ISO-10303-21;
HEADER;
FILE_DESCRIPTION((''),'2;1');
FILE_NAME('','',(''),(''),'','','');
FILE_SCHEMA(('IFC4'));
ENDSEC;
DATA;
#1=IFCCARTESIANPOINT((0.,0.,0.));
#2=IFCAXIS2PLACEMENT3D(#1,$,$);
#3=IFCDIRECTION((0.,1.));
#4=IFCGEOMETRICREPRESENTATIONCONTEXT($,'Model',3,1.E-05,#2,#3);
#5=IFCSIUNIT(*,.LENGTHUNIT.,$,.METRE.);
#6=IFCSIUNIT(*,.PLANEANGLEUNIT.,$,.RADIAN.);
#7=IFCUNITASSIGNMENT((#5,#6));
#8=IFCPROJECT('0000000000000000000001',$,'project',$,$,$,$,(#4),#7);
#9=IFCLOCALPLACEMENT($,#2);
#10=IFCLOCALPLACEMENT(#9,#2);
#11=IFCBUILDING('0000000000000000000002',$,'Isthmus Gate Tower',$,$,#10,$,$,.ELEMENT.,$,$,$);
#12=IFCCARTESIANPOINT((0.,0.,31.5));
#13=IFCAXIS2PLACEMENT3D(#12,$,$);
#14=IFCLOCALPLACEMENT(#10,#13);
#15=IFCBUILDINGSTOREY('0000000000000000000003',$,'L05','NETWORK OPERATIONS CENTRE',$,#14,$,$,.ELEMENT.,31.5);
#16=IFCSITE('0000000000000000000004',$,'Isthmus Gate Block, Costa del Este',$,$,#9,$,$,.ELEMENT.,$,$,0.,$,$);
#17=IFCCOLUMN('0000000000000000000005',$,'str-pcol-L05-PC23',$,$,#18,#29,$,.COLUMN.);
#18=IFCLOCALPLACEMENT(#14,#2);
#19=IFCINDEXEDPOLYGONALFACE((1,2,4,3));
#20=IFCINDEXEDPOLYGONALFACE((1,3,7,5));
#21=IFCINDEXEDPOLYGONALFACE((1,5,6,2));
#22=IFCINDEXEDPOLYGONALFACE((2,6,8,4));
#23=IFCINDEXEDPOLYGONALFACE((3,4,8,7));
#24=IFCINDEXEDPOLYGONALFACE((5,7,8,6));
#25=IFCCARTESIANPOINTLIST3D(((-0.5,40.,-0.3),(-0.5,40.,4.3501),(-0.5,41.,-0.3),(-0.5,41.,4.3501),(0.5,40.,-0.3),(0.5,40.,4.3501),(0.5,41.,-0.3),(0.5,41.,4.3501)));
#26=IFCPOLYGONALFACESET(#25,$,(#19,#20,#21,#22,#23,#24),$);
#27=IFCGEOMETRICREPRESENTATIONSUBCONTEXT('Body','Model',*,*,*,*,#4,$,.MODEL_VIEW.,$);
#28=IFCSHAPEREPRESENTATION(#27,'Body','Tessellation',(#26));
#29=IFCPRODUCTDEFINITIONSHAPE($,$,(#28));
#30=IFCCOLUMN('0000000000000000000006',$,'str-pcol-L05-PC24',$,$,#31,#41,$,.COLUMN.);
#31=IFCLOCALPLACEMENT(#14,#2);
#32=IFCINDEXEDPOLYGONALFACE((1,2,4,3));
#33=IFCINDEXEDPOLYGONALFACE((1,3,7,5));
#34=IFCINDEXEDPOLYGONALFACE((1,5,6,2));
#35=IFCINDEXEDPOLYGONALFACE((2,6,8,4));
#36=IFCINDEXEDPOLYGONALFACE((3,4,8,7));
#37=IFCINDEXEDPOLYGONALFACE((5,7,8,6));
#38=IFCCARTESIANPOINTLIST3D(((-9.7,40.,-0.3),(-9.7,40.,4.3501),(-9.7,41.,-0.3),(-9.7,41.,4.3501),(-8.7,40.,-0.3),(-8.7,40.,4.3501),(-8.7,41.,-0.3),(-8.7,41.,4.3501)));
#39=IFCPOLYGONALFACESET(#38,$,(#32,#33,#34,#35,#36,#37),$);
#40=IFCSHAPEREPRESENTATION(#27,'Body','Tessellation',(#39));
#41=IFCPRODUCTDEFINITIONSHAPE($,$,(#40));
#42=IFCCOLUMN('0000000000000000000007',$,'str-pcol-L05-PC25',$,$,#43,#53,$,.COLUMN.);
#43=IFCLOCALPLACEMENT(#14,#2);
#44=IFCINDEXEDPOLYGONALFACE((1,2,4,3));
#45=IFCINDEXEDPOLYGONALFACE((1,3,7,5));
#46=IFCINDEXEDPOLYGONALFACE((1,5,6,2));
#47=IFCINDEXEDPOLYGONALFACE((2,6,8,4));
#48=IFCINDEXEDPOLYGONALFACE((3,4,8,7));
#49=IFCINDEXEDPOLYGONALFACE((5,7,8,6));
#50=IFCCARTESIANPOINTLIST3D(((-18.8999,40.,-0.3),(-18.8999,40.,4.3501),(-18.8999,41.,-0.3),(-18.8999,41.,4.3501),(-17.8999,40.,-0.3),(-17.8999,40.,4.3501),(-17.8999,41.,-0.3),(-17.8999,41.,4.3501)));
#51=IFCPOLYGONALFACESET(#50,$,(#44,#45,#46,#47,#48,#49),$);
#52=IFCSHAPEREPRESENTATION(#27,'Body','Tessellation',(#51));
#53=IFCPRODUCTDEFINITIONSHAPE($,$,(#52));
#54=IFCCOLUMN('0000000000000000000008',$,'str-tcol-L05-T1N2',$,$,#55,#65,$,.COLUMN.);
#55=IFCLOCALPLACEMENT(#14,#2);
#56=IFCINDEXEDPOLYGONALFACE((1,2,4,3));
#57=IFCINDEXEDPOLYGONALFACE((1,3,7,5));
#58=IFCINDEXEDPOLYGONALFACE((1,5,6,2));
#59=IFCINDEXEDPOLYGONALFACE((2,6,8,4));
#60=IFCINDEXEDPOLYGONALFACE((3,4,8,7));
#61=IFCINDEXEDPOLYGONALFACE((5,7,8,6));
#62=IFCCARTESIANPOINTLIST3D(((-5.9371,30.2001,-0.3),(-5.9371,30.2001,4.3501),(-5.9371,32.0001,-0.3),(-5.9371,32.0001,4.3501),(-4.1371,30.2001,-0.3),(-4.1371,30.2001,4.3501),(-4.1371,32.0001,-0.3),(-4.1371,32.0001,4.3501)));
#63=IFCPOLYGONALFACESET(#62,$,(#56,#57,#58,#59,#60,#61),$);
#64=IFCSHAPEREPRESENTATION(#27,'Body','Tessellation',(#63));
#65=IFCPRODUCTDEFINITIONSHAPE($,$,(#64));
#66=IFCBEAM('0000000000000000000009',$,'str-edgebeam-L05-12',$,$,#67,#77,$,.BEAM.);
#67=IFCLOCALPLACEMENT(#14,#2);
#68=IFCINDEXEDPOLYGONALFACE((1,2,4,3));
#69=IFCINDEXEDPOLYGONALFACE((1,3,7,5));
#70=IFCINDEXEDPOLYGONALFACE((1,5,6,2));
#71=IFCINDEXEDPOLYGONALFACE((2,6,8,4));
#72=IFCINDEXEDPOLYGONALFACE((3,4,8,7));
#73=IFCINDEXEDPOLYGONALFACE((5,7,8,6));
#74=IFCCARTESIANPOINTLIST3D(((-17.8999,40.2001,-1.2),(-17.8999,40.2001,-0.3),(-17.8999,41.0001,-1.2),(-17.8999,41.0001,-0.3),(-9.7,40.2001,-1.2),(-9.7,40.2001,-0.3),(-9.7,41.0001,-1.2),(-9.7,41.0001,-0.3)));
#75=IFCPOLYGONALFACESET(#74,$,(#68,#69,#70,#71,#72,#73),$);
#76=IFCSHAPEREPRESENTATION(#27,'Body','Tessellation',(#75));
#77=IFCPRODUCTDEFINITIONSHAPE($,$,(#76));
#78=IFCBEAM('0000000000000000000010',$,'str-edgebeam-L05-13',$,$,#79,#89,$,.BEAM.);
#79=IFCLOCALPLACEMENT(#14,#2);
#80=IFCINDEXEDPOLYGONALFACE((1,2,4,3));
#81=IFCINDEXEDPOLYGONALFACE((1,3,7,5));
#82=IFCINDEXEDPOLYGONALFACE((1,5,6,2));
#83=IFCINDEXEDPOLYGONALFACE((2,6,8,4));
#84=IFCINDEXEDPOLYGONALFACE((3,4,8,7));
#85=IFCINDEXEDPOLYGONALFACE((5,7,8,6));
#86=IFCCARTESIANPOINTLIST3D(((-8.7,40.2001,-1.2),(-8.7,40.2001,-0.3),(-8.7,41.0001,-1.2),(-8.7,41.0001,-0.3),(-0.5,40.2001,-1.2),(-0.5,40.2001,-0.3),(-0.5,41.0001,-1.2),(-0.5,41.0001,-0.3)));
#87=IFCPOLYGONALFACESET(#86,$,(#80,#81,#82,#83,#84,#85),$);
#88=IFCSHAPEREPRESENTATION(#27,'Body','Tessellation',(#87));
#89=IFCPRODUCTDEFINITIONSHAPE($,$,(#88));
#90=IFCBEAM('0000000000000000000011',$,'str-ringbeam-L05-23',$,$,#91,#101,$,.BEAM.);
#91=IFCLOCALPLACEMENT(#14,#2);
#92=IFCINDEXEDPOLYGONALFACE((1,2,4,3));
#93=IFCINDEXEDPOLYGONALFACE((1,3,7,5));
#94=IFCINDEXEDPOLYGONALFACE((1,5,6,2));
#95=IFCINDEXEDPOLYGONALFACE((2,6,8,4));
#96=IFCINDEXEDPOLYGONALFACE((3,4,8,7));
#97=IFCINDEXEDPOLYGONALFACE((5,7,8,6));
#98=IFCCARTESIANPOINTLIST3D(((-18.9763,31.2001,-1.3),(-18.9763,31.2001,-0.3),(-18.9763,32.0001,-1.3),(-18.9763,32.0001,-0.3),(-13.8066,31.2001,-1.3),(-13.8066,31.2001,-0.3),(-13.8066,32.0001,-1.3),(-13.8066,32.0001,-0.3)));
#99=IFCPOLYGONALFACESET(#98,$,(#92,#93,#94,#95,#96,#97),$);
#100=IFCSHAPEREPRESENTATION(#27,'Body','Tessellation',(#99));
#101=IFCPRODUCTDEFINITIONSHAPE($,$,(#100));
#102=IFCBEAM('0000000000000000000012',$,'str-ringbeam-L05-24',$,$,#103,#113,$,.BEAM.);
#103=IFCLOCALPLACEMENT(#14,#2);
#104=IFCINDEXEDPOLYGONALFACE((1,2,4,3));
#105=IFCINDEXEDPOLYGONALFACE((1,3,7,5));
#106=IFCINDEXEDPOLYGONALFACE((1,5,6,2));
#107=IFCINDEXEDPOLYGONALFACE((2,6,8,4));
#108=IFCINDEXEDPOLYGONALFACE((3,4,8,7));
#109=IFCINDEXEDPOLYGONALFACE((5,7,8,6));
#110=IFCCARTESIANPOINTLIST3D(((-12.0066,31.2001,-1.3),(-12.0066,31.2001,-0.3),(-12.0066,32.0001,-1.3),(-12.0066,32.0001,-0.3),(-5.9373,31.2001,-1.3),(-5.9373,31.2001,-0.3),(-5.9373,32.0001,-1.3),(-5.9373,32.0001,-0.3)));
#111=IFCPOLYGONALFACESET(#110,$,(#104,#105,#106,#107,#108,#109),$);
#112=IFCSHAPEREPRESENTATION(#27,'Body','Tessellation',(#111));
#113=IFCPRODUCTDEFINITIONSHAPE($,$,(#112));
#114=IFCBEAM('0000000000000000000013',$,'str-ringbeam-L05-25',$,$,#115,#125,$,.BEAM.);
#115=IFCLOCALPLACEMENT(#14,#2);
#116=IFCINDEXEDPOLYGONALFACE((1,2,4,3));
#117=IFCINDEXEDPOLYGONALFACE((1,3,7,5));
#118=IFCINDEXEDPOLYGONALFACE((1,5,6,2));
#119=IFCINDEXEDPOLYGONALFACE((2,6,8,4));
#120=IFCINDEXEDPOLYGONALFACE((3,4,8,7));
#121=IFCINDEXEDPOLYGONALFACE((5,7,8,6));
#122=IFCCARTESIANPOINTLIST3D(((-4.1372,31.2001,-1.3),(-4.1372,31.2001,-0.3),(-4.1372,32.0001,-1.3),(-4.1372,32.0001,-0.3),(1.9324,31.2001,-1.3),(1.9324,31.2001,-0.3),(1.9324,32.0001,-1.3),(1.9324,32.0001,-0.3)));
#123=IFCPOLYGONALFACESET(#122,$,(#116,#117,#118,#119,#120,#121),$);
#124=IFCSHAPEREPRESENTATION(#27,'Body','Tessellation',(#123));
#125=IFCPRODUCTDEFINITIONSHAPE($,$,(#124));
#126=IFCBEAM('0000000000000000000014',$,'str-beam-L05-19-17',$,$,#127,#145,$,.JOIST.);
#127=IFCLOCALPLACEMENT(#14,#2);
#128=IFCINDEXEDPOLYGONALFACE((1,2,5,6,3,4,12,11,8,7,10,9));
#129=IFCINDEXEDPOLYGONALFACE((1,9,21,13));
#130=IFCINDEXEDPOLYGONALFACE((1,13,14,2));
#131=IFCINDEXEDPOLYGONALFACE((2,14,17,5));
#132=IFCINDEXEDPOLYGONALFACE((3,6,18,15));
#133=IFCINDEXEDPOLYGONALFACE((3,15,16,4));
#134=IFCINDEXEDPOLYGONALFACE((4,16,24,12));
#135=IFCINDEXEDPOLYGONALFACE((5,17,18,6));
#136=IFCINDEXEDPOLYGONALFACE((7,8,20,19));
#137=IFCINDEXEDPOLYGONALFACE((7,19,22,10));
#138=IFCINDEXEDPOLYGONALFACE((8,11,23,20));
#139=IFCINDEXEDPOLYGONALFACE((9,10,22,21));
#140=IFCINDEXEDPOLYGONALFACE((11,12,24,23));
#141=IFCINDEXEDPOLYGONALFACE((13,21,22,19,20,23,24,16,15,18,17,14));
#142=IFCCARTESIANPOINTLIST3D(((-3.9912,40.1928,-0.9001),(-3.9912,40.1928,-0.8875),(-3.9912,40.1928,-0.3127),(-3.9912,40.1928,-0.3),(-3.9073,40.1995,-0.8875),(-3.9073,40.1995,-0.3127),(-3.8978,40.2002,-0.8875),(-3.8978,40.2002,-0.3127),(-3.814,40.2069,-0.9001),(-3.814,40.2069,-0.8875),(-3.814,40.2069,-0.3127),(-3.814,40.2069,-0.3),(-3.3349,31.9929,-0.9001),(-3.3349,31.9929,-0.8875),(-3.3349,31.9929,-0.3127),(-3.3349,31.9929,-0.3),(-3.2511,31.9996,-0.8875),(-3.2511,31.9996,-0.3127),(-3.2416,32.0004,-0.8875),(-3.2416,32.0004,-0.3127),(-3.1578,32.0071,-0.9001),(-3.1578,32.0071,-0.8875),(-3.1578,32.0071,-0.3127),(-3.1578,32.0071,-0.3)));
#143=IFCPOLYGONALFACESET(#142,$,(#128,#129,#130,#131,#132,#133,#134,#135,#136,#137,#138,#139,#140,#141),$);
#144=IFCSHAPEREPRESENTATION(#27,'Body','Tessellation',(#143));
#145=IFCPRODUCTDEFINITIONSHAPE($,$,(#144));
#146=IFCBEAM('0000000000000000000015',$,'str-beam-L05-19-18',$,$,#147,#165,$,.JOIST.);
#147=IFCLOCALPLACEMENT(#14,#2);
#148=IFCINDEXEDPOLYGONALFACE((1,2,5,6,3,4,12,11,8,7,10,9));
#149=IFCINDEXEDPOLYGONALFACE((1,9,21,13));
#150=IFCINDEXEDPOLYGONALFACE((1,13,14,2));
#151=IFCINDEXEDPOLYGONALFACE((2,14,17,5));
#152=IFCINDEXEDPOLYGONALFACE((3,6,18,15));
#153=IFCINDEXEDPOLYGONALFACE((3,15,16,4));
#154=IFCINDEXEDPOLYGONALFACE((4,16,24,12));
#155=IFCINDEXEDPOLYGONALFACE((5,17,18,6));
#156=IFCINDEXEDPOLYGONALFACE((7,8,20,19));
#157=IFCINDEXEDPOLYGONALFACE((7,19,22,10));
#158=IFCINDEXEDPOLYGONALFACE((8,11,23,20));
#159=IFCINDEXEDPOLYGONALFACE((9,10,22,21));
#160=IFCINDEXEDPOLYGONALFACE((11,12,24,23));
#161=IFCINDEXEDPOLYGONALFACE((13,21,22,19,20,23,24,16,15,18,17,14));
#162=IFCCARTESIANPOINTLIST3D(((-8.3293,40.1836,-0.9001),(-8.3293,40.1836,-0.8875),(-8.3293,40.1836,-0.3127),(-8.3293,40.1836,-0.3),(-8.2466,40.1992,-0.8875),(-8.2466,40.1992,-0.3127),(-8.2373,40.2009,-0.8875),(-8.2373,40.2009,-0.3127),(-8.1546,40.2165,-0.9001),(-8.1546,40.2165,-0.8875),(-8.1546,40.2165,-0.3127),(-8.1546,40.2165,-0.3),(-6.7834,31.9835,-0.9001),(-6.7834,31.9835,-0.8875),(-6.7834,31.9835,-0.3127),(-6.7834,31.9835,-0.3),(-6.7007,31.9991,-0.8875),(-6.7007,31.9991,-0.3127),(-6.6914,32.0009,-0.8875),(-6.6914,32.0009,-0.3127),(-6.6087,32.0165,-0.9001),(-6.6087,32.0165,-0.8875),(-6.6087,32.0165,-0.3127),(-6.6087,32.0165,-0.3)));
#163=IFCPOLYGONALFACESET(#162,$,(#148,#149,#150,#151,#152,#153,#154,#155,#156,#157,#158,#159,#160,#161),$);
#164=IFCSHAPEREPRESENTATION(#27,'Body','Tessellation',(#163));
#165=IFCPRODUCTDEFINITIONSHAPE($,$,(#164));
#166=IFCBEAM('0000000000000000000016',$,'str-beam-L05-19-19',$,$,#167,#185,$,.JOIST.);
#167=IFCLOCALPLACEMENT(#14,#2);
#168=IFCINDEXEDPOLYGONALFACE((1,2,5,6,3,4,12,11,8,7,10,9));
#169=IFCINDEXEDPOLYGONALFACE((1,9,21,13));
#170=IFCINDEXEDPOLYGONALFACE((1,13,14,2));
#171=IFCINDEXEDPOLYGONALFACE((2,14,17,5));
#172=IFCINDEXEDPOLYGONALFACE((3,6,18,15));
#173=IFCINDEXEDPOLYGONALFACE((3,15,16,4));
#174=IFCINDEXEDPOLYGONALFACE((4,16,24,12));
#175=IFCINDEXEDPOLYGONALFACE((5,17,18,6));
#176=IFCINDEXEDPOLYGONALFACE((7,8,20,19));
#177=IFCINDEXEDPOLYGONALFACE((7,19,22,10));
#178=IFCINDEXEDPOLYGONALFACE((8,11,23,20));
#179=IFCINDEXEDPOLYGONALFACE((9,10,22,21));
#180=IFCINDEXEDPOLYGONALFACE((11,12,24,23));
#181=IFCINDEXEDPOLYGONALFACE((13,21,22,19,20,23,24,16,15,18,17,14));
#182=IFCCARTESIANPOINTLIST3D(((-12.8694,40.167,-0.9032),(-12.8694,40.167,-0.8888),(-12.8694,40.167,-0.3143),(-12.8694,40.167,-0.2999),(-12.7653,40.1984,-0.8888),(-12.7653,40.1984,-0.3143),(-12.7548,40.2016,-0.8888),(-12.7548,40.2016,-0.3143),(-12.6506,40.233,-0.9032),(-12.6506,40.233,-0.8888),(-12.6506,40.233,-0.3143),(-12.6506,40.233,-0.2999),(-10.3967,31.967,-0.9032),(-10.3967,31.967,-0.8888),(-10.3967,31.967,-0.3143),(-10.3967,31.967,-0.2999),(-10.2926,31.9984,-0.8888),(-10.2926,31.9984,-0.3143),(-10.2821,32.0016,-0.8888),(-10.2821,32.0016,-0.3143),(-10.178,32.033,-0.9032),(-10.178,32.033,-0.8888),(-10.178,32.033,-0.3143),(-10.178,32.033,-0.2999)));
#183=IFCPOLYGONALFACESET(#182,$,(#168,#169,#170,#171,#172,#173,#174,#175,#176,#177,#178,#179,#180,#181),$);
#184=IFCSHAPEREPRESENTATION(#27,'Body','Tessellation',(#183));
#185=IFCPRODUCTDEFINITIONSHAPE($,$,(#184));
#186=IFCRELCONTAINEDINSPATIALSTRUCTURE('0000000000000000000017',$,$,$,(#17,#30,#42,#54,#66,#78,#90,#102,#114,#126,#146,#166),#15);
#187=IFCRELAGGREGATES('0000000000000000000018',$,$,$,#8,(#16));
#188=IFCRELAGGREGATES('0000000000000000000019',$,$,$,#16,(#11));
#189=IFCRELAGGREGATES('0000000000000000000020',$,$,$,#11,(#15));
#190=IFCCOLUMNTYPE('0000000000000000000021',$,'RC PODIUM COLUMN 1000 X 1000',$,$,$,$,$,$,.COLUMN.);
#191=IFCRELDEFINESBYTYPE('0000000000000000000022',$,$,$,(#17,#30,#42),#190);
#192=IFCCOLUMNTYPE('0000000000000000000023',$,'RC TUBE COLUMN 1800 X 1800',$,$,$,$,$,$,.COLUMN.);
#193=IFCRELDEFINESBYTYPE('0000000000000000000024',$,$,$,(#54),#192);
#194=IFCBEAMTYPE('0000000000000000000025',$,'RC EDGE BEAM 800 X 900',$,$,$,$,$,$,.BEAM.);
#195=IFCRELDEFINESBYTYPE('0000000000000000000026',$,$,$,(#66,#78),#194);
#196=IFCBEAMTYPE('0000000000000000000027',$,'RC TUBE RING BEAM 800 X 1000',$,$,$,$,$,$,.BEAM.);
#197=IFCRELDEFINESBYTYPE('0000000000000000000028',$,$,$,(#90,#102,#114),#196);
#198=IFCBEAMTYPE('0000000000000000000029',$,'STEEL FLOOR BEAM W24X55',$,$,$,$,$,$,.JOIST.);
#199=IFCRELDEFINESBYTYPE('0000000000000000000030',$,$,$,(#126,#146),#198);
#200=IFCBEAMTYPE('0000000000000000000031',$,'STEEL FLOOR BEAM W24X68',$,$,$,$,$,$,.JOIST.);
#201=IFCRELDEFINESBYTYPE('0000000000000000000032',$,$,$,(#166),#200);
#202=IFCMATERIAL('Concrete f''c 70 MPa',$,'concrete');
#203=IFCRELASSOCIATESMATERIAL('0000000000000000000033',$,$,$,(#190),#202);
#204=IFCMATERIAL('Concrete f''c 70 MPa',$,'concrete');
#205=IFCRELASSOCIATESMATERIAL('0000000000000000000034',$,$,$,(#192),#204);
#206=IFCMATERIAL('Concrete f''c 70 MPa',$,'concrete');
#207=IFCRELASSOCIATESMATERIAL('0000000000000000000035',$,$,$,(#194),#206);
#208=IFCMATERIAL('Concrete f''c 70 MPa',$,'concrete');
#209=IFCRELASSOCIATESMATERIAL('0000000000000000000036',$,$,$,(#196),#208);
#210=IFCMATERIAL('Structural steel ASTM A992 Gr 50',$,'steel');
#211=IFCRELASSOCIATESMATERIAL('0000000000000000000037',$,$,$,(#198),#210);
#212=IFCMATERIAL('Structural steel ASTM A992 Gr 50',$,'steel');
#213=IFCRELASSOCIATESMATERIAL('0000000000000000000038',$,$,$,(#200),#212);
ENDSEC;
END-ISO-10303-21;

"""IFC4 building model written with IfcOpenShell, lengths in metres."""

from ifc_helpers import new_model, si_unit, direction, frame, origin, origin_2d, place, context, subcontext, project, spatial, rectangle, i_section, extrude, material, material_profile, profile_set, type_object, element, save


model = new_model("IFC4")

# Units and contexts
model_context = context("Model", 3, precision=1e-05, world=origin(), true_north=direction((0.0, 1.0)))
body_context = subcontext(model_context, "Body", "Model", "MODEL_VIEW")
ifc_project = project(units=[si_unit("LENGTHUNIT", "METRE"), si_unit("PLANEANGLEUNIT", "RADIAN")], contexts=[model_context])

# Site, building, storey
site_placement = place(None, origin())
site = spatial("IfcSite", under=ifc_project, at=site_placement, Name="Isthmus Gate Block, Costa del Este", CompositionType="ELEMENT", RefElevation=0.0)
building_placement = place(site_placement, origin())
building = spatial("IfcBuilding", under=site, at=building_placement, Name="Isthmus Gate Tower", CompositionType="ELEMENT")
storey_placement = place(building_placement, frame((0.0, 0.0, 31.5)))
storey = spatial("IfcBuildingStorey", under=building, at=storey_placement, Name="L05", Description="NETWORK OPERATIONS CENTRE", CompositionType="ELEMENT", Elevation=31.5)

# Columns
ifc_material_1 = material(Name="Concrete f'c 70 MPa", Category="concrete")
ifc_material_profile_1 = material_profile(ifc_material_1, rectangle(XDim=1.0, YDim=1.0, at=origin_2d()), Name="RC 1000X1000")
ifc_profile_set_1 = profile_set([ifc_material_profile_1], Name="Concrete f'c 70 MPa")
column_type_1 = type_object("IfcColumnType", Name="RC PODIUM COLUMN 1000 X 1000", PredefinedType="COLUMN", material=ifc_profile_set_1)
for number, where, z_axis, x_axis, name in (
    (1, (0.0, 40.5, -0.3), (0.0, 0.0, 1.0), (-1.0, 0.0, 0.0), "str-pcol-L05-PC23"),
    (2, (-9.2, 40.5, -0.3), (0.0, 0.0, 1.0), (-1.0, 0.0, 0.0), "str-pcol-L05-PC24"),
    (3, (-18.3999, 40.5, -0.3), (0.0, 0.0, 1.0), (-1.0, 0.0, 0.0), "str-pcol-L05-PC25"),
):
    element("IfcColumn", number, at=place(storey_placement, frame(where, z_axis=z_axis, x_axis=x_axis)), inside=storey, type_object=column_type_1, Name=name, PredefinedType="COLUMN", context=body_context, shape_type="SweptSolid", body=[
        extrude(rectangle(XDim=1.0, YDim=1.0, at=origin_2d()), origin(), (0.0, 0.0, 1.0), 4.6501),
    ])
ifc_material_2 = material(Name="Concrete f'c 70 MPa", Category="concrete")
ifc_material_profile_2 = material_profile(ifc_material_2, rectangle(XDim=1.8, YDim=1.8, at=origin_2d()), Name="RC 1800X1800")
ifc_profile_set_2 = profile_set([ifc_material_profile_2], Name="Concrete f'c 70 MPa")
column_type_2 = type_object("IfcColumnType", Name="RC TUBE COLUMN 1800 X 1800", PredefinedType="COLUMN", material=ifc_profile_set_2)
column_placement = place(storey_placement, frame((-5.0371, 31.1001, -0.3), z_axis=(0.0, 0.0, 1.0), x_axis=(-1.0, 0.0, 0.0)))
element("IfcColumn", 4, at=column_placement, inside=storey, type_object=column_type_2, Name="str-tcol-L05-T1N2", PredefinedType="COLUMN", context=body_context, shape_type="SweptSolid", body=[
    extrude(rectangle(XDim=1.8, YDim=1.8, at=origin_2d()), origin(), (0.0, 0.0, 1.0), 4.6501),
])

# Beams
ifc_material_3 = material(Name="Concrete f'c 70 MPa", Category="concrete")
ifc_material_profile_3 = material_profile(ifc_material_3, rectangle(XDim=0.8, YDim=0.8999, at=origin_2d()), Name="RC 800X900")
ifc_profile_set_3 = profile_set([ifc_material_profile_3], Name="Concrete f'c 70 MPa")
beam_type_1 = type_object("IfcBeamType", Name="RC EDGE BEAM 800 X 900", PredefinedType="BEAM", material=ifc_profile_set_3)
for number, where, z_axis, x_axis, name in (
    (5, (-17.8999, 40.6001, -0.75), (1.0, 0.0, 0.0), (0.0, 1.0, 0.0), "str-edgebeam-L05-12"),
    (6, (-8.7, 40.6001, -0.75), (1.0, 0.0, 0.0), (0.0, 1.0, 0.0), "str-edgebeam-L05-13"),
):
    element("IfcBeam", number, at=place(storey_placement, frame(where, z_axis=z_axis, x_axis=x_axis)), inside=storey, type_object=beam_type_1, Name=name, PredefinedType="BEAM", context=body_context, shape_type="SweptSolid", body=[
        extrude(rectangle(XDim=0.8, YDim=0.8999, at=origin_2d()), origin(), (0.0, 0.0, 1.0), 8.2),
    ])
ifc_material_4 = material(Name="Concrete f'c 70 MPa", Category="concrete")
ifc_material_profile_4 = material_profile(ifc_material_4, rectangle(XDim=0.8, YDim=1.0, at=origin_2d()), Name="RC 800X1000")
ifc_profile_set_4 = profile_set([ifc_material_profile_4], Name="Concrete f'c 70 MPa")
beam_type_2 = type_object("IfcBeamType", Name="RC TUBE RING BEAM 800 X 1000", PredefinedType="BEAM", material=ifc_profile_set_4)
beam_1_placement = place(storey_placement, frame((-18.9763, 31.6001, -0.8), z_axis=(1.0, 0.0, 0.0), x_axis=(0.0, 1.0, 0.0)))
element("IfcBeam", 7, at=beam_1_placement, inside=storey, type_object=beam_type_2, Name="str-ringbeam-L05-23", PredefinedType="BEAM", context=body_context, shape_type="SweptSolid", body=[
    extrude(rectangle(XDim=0.8, YDim=1.0, at=origin_2d()), origin(), (0.0, 0.0, 1.0), 5.1697),
])
beam_2_placement = place(storey_placement, frame((-12.0066, 31.6001, -0.8), z_axis=(1.0, 0.0, 0.0), x_axis=(0.0, 1.0, 0.0)))
element("IfcBeam", 8, at=beam_2_placement, inside=storey, type_object=beam_type_2, Name="str-ringbeam-L05-24", PredefinedType="BEAM", context=body_context, shape_type="SweptSolid", body=[
    extrude(rectangle(XDim=0.8, YDim=1.0, at=origin_2d()), origin(), (0.0, 0.0, 1.0), 6.0693),
])
beam_3_placement = place(storey_placement, frame((-4.1372, 31.6001, -0.8), z_axis=(1.0, 0.0, 0.0), x_axis=(0.0, 1.0, 0.0)))
element("IfcBeam", 9, at=beam_3_placement, inside=storey, type_object=beam_type_2, Name="str-ringbeam-L05-25", PredefinedType="BEAM", context=body_context, shape_type="SweptSolid", body=[
    extrude(rectangle(XDim=0.8, YDim=1.0, at=origin_2d()), origin(), (0.0, 0.0, 1.0), 6.0696),
])
ifc_material_5 = material(Name="Structural steel ASTM A992 Gr 50", Category="steel")
ifc_material_profile_5 = material_profile(ifc_material_5, i_section(OverallWidth=0.1777, OverallDepth=0.6001, WebThickness=0.0095, FlangeThickness=0.0127, at=origin_2d()), Name="W24X55")
ifc_profile_set_5 = profile_set([ifc_material_profile_5], Name="Structural steel ASTM A992 Gr 50")
beam_type_3 = type_object("IfcBeamType", Name="STEEL FLOOR BEAM W24X55", PredefinedType="JOIST", material=ifc_profile_set_5)
beam_4_placement = place(storey_placement, frame((-3.2463, 32.0, -0.6001), z_axis=(-0.079776, 0.996813, 0.0), x_axis=(-0.996813, -0.079776, 0.0)))
element("IfcBeam", 10, at=beam_4_placement, inside=storey, type_object=beam_type_3, Name="str-beam-L05-19-17", PredefinedType="JOIST", context=body_context, shape_type="SweptSolid", body=[
    extrude(i_section(OverallWidth=0.1777, OverallDepth=0.6001, WebThickness=0.0095, FlangeThickness=0.0127, at=origin_2d()), origin(), (0.0, 0.0, 1.0), 8.2261),
])
beam_5_placement = place(storey_placement, frame((-6.696, 32.0, -0.6001), z_axis=(-0.185262, 0.982689, 0.0), x_axis=(-0.982689, -0.185262, 0.0)))
element("IfcBeam", 11, at=beam_5_placement, inside=storey, type_object=beam_type_3, Name="str-beam-L05-19-18", PredefinedType="JOIST", context=body_context, shape_type="SweptSolid", body=[
    extrude(i_section(OverallWidth=0.1777, OverallDepth=0.6001, WebThickness=0.0095, FlangeThickness=0.0127, at=origin_2d()), origin(), (0.0, 0.0, 1.0), 8.3445),
])
ifc_material_6 = material(Name="Structural steel ASTM A992 Gr 50", Category="steel")
ifc_material_profile_6 = material_profile(ifc_material_6, i_section(OverallWidth=0.2285, OverallDepth=0.6033, WebThickness=0.011, FlangeThickness=0.0144, at=origin_2d()), Name="W24X68")
ifc_profile_set_6 = profile_set([ifc_material_profile_6], Name="Structural steel ASTM A992 Gr 50")
beam_type_4 = type_object("IfcBeamType", Name="STEEL FLOOR BEAM W24X68", PredefinedType="JOIST", material=ifc_profile_set_6)
beam_6_placement = place(storey_placement, frame((-10.2874, 32.0, -0.6016), z_axis=(-0.288705, 0.957418, 0.0), x_axis=(-0.957418, -0.288705, 0.0)))
element("IfcBeam", 12, at=beam_6_placement, inside=storey, type_object=beam_type_4, Name="str-beam-L05-19-19", PredefinedType="JOIST", context=body_context, shape_type="SweptSolid", body=[
    extrude(i_section(OverallWidth=0.2285, OverallDepth=0.6033, WebThickness=0.011, FlangeThickness=0.0144, at=origin_2d()), origin(), (0.0, 0.0, 1.0), 8.5647),
])

save(model, "model.ifc")
